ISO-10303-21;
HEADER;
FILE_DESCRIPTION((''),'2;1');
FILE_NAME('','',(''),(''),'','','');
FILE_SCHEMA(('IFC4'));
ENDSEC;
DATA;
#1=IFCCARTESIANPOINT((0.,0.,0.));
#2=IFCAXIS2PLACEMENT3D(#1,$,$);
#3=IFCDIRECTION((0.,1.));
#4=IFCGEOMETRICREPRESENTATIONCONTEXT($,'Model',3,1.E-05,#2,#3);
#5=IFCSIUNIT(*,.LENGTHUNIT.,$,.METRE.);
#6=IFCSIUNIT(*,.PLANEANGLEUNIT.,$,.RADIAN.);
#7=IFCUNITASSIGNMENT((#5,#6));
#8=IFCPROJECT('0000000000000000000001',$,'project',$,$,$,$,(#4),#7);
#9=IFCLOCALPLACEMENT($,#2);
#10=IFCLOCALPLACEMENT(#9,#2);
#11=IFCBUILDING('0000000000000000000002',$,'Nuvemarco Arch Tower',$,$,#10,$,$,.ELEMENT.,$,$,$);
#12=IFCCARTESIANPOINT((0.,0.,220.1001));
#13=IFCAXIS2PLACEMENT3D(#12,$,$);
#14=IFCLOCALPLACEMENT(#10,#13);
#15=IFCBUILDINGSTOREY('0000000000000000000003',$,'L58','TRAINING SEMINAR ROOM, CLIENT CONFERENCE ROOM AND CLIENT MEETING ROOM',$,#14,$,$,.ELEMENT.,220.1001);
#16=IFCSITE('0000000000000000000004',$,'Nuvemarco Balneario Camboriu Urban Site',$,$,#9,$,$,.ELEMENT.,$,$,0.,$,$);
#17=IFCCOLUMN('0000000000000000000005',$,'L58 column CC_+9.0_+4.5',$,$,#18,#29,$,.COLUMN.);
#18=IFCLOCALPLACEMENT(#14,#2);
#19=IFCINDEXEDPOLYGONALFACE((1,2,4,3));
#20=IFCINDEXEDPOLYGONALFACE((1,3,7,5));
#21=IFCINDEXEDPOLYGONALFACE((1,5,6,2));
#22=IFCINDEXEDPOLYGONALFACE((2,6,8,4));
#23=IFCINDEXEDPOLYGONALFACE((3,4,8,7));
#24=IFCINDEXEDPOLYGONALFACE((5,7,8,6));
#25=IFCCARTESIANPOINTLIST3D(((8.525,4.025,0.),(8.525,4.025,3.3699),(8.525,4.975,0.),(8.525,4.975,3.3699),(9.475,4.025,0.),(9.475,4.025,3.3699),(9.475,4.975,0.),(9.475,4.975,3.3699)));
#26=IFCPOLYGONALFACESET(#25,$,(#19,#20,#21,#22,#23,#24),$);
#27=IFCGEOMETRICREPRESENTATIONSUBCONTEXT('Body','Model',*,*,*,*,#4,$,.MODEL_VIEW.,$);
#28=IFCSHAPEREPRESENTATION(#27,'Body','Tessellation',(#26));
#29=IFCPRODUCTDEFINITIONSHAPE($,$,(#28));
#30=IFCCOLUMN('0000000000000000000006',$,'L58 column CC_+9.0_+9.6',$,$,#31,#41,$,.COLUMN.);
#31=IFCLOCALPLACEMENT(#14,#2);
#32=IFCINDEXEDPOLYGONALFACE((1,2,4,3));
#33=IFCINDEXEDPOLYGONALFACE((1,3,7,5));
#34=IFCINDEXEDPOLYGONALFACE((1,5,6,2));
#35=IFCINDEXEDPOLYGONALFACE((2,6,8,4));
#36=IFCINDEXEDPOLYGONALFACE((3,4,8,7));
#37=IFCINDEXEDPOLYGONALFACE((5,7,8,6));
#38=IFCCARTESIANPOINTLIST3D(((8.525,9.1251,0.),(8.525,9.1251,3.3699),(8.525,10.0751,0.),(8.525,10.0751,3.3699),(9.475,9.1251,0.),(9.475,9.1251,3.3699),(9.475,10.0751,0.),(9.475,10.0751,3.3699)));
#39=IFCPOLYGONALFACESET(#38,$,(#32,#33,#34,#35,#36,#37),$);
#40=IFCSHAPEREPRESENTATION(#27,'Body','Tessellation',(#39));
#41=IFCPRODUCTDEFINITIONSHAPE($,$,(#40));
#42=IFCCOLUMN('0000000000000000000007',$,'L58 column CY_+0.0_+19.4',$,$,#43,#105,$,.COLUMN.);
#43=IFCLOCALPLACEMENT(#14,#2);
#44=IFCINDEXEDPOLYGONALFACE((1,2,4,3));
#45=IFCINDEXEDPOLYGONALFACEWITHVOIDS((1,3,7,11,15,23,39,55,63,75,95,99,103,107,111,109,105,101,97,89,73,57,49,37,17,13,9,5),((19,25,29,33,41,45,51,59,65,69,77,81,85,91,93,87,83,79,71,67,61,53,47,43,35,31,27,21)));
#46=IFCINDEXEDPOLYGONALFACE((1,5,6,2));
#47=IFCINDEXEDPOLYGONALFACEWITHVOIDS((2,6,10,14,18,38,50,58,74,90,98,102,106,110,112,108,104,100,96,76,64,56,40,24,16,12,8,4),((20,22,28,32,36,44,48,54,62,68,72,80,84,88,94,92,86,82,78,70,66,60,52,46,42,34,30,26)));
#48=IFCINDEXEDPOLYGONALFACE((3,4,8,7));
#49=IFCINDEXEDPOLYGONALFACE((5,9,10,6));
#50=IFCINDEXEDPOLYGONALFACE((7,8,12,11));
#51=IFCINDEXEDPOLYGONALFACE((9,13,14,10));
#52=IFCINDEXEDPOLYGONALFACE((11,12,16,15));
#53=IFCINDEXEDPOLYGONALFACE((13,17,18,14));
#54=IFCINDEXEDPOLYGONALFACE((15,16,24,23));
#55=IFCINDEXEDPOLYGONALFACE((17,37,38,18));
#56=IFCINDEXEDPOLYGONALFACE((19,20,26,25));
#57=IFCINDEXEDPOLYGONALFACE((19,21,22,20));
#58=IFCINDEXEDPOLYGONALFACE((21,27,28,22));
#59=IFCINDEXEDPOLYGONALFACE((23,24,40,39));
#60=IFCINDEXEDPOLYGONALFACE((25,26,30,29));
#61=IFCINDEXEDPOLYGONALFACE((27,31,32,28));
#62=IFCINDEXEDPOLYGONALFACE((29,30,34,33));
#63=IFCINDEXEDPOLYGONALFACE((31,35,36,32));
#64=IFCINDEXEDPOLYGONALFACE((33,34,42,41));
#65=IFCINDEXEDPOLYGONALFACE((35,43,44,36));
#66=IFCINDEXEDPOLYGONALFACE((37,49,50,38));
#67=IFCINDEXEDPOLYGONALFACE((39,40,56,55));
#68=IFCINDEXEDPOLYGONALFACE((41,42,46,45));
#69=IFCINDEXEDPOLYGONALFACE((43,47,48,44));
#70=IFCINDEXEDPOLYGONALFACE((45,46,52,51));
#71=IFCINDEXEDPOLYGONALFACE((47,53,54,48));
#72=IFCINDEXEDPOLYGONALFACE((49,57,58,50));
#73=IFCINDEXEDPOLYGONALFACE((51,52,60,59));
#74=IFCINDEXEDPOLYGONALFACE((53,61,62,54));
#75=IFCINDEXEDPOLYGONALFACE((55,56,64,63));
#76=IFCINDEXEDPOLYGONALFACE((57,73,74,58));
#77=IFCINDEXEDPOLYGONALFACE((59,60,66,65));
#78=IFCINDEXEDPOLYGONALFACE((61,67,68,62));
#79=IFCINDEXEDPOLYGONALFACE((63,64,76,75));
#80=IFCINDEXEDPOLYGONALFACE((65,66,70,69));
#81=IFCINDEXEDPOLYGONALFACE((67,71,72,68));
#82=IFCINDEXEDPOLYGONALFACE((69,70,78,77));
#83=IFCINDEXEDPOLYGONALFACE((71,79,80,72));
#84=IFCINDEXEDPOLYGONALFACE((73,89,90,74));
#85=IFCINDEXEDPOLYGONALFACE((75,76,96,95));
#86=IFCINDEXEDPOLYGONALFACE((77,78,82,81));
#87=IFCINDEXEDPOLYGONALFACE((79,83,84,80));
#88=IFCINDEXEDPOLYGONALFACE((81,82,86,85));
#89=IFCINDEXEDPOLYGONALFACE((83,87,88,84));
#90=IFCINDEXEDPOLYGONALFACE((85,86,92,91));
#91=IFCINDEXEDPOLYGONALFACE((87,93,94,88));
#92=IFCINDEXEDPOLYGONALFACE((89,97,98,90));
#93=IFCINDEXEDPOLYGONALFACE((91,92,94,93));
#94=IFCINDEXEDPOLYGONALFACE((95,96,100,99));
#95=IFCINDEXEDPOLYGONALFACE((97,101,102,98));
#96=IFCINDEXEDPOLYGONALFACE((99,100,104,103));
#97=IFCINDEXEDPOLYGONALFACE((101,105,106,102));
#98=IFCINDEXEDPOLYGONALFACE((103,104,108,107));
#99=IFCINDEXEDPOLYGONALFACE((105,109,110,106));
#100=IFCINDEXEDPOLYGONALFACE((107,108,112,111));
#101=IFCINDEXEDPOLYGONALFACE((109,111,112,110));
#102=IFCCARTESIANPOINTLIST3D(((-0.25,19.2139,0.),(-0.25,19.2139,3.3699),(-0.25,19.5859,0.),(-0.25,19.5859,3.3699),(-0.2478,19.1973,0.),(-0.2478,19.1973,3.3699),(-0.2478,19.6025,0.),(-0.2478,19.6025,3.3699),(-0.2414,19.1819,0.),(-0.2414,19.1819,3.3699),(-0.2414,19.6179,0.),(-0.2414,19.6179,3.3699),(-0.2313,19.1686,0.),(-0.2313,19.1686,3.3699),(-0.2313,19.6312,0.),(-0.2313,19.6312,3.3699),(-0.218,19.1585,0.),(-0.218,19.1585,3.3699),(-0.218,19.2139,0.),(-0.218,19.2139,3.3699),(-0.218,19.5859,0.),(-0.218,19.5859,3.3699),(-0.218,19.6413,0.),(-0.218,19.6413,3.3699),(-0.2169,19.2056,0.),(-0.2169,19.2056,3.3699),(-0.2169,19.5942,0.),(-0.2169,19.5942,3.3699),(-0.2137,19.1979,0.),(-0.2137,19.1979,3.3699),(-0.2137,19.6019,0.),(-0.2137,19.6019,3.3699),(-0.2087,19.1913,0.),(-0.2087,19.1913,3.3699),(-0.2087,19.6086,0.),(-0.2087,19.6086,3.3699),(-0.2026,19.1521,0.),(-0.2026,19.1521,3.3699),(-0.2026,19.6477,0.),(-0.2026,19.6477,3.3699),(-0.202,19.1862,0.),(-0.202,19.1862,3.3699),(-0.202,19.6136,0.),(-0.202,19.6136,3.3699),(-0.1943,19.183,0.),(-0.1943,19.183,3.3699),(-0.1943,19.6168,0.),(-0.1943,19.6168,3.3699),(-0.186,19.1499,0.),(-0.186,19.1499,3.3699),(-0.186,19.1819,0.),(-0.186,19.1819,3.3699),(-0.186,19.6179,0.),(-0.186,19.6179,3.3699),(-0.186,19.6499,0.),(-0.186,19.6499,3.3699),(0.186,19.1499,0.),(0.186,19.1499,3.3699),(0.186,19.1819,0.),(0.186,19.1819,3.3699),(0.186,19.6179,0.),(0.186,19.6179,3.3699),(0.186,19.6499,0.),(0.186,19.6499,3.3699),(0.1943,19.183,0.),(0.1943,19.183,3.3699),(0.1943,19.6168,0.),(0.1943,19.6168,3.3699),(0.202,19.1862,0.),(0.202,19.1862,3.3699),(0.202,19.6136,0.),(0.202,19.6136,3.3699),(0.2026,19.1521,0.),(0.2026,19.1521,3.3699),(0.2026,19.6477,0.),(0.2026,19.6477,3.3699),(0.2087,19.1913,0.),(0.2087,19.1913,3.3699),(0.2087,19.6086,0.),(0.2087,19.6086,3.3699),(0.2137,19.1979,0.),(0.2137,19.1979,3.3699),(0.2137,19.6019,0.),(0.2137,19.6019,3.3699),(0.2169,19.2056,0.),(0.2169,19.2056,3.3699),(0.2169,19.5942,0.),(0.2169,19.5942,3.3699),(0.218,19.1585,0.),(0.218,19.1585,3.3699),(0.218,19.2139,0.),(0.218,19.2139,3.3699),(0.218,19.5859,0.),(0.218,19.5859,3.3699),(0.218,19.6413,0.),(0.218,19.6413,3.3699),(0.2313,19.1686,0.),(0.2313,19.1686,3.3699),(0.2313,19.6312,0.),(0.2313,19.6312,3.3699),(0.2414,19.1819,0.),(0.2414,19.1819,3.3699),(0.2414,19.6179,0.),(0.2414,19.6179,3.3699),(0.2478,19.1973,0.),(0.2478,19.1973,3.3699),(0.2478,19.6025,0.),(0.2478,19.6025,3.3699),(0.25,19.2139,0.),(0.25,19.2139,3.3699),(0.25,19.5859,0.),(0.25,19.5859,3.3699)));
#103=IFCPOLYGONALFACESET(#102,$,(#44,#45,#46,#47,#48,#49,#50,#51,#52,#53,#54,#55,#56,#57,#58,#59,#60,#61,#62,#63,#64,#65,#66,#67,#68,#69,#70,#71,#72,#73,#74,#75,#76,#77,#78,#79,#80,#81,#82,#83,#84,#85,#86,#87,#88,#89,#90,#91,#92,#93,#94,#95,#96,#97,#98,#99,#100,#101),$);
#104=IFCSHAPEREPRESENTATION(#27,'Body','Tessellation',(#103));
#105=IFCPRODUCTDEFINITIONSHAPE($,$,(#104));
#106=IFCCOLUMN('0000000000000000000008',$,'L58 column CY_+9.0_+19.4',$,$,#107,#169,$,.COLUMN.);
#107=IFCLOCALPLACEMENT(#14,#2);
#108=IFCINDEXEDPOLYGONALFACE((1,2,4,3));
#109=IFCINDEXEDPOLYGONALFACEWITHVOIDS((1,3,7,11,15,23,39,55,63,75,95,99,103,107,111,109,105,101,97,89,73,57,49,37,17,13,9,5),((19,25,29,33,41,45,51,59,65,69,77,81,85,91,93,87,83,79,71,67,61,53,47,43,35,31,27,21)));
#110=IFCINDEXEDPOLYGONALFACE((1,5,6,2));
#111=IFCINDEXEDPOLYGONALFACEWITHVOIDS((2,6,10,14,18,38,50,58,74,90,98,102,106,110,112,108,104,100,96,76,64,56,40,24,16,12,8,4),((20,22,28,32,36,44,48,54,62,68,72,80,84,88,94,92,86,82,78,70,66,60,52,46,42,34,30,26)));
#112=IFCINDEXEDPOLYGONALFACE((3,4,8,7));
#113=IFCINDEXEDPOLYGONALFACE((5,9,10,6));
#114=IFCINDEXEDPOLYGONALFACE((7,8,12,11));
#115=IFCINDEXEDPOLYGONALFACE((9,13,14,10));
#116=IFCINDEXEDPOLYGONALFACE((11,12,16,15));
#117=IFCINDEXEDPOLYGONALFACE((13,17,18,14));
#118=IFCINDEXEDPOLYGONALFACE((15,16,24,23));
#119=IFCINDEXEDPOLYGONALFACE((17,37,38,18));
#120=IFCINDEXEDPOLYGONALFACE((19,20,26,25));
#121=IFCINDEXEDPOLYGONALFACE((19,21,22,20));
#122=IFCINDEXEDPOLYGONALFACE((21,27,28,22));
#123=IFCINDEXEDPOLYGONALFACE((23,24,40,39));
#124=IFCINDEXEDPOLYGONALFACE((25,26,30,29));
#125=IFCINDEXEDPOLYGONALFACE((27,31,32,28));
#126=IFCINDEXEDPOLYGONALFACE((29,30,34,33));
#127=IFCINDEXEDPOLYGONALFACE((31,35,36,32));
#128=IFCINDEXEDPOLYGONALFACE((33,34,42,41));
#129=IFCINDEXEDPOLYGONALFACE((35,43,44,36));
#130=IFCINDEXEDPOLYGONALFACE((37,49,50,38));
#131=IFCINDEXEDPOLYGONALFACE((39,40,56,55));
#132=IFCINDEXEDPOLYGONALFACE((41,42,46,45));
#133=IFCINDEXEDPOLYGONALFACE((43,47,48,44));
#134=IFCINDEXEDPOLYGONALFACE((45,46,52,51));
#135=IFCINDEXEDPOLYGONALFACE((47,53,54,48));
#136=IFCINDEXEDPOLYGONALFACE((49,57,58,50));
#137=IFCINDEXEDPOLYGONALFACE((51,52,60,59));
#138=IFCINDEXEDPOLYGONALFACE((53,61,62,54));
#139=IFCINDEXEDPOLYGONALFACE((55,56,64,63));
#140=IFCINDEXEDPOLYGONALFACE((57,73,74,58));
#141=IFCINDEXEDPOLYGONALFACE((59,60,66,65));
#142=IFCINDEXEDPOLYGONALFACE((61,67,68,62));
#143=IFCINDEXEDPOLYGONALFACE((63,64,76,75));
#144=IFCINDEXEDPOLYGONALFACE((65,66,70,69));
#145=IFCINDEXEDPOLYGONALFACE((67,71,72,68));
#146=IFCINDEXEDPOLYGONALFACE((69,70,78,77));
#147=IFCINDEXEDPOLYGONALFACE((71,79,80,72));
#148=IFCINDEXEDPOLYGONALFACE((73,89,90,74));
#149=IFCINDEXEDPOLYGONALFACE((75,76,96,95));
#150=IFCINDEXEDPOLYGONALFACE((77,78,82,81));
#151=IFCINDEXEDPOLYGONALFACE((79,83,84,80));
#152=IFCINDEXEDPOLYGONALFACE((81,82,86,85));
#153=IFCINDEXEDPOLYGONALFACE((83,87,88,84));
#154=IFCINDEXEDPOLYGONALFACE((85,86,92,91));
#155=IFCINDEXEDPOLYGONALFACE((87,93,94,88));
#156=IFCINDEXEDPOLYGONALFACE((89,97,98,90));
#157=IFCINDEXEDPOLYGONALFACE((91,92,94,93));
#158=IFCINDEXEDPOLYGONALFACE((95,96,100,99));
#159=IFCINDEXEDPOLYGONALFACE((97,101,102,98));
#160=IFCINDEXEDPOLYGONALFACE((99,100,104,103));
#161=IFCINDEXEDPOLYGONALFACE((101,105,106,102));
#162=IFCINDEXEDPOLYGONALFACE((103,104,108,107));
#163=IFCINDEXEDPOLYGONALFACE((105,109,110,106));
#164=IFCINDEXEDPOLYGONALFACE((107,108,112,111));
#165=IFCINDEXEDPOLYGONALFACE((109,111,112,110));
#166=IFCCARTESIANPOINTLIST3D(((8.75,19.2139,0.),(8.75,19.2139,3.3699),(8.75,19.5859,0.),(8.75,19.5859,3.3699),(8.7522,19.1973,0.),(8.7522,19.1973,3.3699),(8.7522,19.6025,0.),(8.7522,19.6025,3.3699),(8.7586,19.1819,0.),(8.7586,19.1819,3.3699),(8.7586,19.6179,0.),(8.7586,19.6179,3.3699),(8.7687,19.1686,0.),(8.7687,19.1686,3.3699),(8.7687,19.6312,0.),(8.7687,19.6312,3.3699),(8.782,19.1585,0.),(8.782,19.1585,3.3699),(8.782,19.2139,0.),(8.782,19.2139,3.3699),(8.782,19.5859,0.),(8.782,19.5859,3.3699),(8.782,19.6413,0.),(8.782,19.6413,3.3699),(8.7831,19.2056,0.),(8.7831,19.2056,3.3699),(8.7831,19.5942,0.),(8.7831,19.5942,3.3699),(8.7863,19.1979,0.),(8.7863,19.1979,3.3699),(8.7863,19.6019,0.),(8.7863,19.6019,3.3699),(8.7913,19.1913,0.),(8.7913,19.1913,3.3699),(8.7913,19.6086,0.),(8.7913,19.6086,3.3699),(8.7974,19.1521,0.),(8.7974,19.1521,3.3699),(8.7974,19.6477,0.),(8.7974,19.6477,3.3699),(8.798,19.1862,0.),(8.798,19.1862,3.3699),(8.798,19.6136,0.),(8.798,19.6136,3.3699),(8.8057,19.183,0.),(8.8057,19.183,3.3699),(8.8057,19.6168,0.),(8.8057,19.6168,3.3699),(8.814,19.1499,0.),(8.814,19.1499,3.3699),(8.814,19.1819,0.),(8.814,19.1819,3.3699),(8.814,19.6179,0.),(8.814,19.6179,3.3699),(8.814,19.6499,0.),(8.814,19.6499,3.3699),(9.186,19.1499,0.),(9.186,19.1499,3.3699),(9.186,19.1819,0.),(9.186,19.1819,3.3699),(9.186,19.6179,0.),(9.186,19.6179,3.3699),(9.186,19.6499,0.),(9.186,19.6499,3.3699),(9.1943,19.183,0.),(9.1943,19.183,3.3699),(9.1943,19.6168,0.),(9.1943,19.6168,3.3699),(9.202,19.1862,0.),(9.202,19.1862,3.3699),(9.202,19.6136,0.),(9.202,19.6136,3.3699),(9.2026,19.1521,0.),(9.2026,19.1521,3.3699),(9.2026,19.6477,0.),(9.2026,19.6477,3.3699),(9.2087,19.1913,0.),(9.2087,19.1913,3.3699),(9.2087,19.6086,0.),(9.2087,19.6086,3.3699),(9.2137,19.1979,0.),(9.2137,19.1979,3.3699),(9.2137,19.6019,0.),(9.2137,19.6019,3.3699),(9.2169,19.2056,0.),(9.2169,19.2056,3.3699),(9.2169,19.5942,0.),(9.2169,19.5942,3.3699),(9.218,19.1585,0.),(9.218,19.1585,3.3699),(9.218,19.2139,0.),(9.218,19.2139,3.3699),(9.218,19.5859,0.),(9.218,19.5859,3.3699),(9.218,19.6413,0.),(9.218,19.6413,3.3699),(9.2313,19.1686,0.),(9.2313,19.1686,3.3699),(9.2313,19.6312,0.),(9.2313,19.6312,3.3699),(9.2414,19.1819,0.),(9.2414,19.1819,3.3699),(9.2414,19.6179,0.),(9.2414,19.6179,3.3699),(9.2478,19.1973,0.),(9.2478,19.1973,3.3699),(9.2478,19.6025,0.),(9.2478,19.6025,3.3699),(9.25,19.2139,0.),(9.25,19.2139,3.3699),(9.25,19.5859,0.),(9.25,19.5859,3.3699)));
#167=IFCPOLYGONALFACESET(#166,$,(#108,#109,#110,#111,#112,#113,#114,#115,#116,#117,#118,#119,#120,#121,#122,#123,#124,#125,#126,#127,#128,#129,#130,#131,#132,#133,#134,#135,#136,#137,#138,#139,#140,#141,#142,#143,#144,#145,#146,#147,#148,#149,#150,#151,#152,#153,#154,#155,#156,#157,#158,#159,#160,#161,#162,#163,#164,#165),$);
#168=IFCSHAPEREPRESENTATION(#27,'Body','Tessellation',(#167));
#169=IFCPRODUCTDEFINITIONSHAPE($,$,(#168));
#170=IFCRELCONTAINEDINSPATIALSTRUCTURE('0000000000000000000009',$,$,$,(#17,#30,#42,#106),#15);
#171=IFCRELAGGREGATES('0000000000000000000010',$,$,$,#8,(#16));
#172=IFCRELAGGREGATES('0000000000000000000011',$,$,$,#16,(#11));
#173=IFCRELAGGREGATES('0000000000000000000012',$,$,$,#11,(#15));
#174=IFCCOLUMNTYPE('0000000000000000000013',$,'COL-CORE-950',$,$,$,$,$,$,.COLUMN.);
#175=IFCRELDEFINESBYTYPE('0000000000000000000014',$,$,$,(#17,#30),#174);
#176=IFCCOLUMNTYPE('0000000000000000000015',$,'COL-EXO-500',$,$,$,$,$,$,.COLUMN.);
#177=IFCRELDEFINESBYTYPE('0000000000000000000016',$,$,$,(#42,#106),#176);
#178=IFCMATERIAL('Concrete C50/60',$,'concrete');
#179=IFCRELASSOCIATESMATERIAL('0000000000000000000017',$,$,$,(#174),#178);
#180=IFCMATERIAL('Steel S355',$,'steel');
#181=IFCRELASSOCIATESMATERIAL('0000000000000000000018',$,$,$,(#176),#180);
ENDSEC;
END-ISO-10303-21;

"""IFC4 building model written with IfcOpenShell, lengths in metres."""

from ifc_helpers import new_model, si_unit, direction, frame, origin, origin_2d, place, context, subcontext, project, spatial, rectangle, hollow_rectangle, extrude, material, material_profile, profile_set, type_object, element, save


model = new_model("IFC4")

# Units and contexts
model_context = context("Model", 3, precision=1e-05, world=origin(), true_north=direction((0.0, 1.0)))
body_context = subcontext(model_context, "Body", "Model", "MODEL_VIEW")
ifc_project = project(units=[si_unit("LENGTHUNIT", "METRE"), si_unit("PLANEANGLEUNIT", "RADIAN")], contexts=[model_context])

# Site, building, storey
site_placement = place(None, origin())
site = spatial("IfcSite", under=ifc_project, at=site_placement, Name="Nuvemarco Balneario Camboriu Urban Site", CompositionType="ELEMENT", RefElevation=0.0)
building_placement = place(site_placement, origin())
building = spatial("IfcBuilding", under=site, at=building_placement, Name="Nuvemarco Arch Tower", CompositionType="ELEMENT")
storey_placement = place(building_placement, frame((0.0, 0.0, 220.1001)))
storey = spatial("IfcBuildingStorey", under=building, at=storey_placement, Name="L58", Description="TRAINING SEMINAR ROOM, CLIENT CONFERENCE ROOM AND CLIENT MEETING ROOM", CompositionType="ELEMENT", Elevation=220.1001)

# Columns
ifc_material_1 = material(Name="Concrete C50/60", Category="concrete")
ifc_material_profile_1 = material_profile(ifc_material_1, rectangle(XDim=0.95, YDim=0.95, at=origin_2d()), Name="RC-COL-950x950")
ifc_profile_set_1 = profile_set([ifc_material_profile_1], Name="Concrete C50/60")
column_type_1 = type_object("IfcColumnType", Name="COL-CORE-950", PredefinedType="COLUMN", material=ifc_profile_set_1)
for number, where, z_axis, x_axis, name in (
    (1, (9.0, 4.5, 0.0), (0.0, 0.0, 1.0), (1.0, 0.0, 0.0), "L58 column CC_+9.0_+4.5"),
    (2, (9.0, 9.6001, 0.0), (0.0, 0.0, 1.0), (1.0, 0.0, 0.0), "L58 column CC_+9.0_+9.6"),
):
    element("IfcColumn", number, at=place(storey_placement, frame(where, z_axis=z_axis, x_axis=x_axis)), inside=storey, type_object=column_type_1, Name=name, PredefinedType="COLUMN", context=body_context, shape_type="SweptSolid", body=[
        extrude(rectangle(XDim=0.95, YDim=0.95, at=origin_2d()), origin(), (0.0, 0.0, 1.0), 3.3699),
    ])
ifc_material_2 = material(Name="Steel S355", Category="steel")
ifc_material_profile_2 = material_profile(ifc_material_2, hollow_rectangle(XDim=0.5, YDim=0.5, WallThickness=0.032, InnerFilletRadius=0.032, OuterFilletRadius=0.064, at=origin_2d()), Name="SHS500x500x32")
ifc_profile_set_2 = profile_set([ifc_material_profile_2], Name="Steel S355")
column_type_2 = type_object("IfcColumnType", Name="COL-EXO-500", PredefinedType="COLUMN", material=ifc_profile_set_2)
for number, where, z_axis, x_axis, name in (
    (3, (0.0, 19.3999, 0.0), (0.0, 0.0, 1.0), (1.0, 0.0, 0.0), "L58 column CY_+0.0_+19.4"),
    (4, (9.0, 19.3999, 0.0), (0.0, 0.0, 1.0), (1.0, 0.0, 0.0), "L58 column CY_+9.0_+19.4"),
):
    element("IfcColumn", number, at=place(storey_placement, frame(where, z_axis=z_axis, x_axis=x_axis)), inside=storey, type_object=column_type_2, Name=name, PredefinedType="COLUMN", context=body_context, shape_type="SweptSolid", body=[
        extrude(hollow_rectangle(XDim=0.5, YDim=0.5, WallThickness=0.032, InnerFilletRadius=0.032, OuterFilletRadius=0.064, at=origin_2d()), origin(), (0.0, 0.0, 1.0), 3.3699),
    ])

save(model, "model.ifc")
